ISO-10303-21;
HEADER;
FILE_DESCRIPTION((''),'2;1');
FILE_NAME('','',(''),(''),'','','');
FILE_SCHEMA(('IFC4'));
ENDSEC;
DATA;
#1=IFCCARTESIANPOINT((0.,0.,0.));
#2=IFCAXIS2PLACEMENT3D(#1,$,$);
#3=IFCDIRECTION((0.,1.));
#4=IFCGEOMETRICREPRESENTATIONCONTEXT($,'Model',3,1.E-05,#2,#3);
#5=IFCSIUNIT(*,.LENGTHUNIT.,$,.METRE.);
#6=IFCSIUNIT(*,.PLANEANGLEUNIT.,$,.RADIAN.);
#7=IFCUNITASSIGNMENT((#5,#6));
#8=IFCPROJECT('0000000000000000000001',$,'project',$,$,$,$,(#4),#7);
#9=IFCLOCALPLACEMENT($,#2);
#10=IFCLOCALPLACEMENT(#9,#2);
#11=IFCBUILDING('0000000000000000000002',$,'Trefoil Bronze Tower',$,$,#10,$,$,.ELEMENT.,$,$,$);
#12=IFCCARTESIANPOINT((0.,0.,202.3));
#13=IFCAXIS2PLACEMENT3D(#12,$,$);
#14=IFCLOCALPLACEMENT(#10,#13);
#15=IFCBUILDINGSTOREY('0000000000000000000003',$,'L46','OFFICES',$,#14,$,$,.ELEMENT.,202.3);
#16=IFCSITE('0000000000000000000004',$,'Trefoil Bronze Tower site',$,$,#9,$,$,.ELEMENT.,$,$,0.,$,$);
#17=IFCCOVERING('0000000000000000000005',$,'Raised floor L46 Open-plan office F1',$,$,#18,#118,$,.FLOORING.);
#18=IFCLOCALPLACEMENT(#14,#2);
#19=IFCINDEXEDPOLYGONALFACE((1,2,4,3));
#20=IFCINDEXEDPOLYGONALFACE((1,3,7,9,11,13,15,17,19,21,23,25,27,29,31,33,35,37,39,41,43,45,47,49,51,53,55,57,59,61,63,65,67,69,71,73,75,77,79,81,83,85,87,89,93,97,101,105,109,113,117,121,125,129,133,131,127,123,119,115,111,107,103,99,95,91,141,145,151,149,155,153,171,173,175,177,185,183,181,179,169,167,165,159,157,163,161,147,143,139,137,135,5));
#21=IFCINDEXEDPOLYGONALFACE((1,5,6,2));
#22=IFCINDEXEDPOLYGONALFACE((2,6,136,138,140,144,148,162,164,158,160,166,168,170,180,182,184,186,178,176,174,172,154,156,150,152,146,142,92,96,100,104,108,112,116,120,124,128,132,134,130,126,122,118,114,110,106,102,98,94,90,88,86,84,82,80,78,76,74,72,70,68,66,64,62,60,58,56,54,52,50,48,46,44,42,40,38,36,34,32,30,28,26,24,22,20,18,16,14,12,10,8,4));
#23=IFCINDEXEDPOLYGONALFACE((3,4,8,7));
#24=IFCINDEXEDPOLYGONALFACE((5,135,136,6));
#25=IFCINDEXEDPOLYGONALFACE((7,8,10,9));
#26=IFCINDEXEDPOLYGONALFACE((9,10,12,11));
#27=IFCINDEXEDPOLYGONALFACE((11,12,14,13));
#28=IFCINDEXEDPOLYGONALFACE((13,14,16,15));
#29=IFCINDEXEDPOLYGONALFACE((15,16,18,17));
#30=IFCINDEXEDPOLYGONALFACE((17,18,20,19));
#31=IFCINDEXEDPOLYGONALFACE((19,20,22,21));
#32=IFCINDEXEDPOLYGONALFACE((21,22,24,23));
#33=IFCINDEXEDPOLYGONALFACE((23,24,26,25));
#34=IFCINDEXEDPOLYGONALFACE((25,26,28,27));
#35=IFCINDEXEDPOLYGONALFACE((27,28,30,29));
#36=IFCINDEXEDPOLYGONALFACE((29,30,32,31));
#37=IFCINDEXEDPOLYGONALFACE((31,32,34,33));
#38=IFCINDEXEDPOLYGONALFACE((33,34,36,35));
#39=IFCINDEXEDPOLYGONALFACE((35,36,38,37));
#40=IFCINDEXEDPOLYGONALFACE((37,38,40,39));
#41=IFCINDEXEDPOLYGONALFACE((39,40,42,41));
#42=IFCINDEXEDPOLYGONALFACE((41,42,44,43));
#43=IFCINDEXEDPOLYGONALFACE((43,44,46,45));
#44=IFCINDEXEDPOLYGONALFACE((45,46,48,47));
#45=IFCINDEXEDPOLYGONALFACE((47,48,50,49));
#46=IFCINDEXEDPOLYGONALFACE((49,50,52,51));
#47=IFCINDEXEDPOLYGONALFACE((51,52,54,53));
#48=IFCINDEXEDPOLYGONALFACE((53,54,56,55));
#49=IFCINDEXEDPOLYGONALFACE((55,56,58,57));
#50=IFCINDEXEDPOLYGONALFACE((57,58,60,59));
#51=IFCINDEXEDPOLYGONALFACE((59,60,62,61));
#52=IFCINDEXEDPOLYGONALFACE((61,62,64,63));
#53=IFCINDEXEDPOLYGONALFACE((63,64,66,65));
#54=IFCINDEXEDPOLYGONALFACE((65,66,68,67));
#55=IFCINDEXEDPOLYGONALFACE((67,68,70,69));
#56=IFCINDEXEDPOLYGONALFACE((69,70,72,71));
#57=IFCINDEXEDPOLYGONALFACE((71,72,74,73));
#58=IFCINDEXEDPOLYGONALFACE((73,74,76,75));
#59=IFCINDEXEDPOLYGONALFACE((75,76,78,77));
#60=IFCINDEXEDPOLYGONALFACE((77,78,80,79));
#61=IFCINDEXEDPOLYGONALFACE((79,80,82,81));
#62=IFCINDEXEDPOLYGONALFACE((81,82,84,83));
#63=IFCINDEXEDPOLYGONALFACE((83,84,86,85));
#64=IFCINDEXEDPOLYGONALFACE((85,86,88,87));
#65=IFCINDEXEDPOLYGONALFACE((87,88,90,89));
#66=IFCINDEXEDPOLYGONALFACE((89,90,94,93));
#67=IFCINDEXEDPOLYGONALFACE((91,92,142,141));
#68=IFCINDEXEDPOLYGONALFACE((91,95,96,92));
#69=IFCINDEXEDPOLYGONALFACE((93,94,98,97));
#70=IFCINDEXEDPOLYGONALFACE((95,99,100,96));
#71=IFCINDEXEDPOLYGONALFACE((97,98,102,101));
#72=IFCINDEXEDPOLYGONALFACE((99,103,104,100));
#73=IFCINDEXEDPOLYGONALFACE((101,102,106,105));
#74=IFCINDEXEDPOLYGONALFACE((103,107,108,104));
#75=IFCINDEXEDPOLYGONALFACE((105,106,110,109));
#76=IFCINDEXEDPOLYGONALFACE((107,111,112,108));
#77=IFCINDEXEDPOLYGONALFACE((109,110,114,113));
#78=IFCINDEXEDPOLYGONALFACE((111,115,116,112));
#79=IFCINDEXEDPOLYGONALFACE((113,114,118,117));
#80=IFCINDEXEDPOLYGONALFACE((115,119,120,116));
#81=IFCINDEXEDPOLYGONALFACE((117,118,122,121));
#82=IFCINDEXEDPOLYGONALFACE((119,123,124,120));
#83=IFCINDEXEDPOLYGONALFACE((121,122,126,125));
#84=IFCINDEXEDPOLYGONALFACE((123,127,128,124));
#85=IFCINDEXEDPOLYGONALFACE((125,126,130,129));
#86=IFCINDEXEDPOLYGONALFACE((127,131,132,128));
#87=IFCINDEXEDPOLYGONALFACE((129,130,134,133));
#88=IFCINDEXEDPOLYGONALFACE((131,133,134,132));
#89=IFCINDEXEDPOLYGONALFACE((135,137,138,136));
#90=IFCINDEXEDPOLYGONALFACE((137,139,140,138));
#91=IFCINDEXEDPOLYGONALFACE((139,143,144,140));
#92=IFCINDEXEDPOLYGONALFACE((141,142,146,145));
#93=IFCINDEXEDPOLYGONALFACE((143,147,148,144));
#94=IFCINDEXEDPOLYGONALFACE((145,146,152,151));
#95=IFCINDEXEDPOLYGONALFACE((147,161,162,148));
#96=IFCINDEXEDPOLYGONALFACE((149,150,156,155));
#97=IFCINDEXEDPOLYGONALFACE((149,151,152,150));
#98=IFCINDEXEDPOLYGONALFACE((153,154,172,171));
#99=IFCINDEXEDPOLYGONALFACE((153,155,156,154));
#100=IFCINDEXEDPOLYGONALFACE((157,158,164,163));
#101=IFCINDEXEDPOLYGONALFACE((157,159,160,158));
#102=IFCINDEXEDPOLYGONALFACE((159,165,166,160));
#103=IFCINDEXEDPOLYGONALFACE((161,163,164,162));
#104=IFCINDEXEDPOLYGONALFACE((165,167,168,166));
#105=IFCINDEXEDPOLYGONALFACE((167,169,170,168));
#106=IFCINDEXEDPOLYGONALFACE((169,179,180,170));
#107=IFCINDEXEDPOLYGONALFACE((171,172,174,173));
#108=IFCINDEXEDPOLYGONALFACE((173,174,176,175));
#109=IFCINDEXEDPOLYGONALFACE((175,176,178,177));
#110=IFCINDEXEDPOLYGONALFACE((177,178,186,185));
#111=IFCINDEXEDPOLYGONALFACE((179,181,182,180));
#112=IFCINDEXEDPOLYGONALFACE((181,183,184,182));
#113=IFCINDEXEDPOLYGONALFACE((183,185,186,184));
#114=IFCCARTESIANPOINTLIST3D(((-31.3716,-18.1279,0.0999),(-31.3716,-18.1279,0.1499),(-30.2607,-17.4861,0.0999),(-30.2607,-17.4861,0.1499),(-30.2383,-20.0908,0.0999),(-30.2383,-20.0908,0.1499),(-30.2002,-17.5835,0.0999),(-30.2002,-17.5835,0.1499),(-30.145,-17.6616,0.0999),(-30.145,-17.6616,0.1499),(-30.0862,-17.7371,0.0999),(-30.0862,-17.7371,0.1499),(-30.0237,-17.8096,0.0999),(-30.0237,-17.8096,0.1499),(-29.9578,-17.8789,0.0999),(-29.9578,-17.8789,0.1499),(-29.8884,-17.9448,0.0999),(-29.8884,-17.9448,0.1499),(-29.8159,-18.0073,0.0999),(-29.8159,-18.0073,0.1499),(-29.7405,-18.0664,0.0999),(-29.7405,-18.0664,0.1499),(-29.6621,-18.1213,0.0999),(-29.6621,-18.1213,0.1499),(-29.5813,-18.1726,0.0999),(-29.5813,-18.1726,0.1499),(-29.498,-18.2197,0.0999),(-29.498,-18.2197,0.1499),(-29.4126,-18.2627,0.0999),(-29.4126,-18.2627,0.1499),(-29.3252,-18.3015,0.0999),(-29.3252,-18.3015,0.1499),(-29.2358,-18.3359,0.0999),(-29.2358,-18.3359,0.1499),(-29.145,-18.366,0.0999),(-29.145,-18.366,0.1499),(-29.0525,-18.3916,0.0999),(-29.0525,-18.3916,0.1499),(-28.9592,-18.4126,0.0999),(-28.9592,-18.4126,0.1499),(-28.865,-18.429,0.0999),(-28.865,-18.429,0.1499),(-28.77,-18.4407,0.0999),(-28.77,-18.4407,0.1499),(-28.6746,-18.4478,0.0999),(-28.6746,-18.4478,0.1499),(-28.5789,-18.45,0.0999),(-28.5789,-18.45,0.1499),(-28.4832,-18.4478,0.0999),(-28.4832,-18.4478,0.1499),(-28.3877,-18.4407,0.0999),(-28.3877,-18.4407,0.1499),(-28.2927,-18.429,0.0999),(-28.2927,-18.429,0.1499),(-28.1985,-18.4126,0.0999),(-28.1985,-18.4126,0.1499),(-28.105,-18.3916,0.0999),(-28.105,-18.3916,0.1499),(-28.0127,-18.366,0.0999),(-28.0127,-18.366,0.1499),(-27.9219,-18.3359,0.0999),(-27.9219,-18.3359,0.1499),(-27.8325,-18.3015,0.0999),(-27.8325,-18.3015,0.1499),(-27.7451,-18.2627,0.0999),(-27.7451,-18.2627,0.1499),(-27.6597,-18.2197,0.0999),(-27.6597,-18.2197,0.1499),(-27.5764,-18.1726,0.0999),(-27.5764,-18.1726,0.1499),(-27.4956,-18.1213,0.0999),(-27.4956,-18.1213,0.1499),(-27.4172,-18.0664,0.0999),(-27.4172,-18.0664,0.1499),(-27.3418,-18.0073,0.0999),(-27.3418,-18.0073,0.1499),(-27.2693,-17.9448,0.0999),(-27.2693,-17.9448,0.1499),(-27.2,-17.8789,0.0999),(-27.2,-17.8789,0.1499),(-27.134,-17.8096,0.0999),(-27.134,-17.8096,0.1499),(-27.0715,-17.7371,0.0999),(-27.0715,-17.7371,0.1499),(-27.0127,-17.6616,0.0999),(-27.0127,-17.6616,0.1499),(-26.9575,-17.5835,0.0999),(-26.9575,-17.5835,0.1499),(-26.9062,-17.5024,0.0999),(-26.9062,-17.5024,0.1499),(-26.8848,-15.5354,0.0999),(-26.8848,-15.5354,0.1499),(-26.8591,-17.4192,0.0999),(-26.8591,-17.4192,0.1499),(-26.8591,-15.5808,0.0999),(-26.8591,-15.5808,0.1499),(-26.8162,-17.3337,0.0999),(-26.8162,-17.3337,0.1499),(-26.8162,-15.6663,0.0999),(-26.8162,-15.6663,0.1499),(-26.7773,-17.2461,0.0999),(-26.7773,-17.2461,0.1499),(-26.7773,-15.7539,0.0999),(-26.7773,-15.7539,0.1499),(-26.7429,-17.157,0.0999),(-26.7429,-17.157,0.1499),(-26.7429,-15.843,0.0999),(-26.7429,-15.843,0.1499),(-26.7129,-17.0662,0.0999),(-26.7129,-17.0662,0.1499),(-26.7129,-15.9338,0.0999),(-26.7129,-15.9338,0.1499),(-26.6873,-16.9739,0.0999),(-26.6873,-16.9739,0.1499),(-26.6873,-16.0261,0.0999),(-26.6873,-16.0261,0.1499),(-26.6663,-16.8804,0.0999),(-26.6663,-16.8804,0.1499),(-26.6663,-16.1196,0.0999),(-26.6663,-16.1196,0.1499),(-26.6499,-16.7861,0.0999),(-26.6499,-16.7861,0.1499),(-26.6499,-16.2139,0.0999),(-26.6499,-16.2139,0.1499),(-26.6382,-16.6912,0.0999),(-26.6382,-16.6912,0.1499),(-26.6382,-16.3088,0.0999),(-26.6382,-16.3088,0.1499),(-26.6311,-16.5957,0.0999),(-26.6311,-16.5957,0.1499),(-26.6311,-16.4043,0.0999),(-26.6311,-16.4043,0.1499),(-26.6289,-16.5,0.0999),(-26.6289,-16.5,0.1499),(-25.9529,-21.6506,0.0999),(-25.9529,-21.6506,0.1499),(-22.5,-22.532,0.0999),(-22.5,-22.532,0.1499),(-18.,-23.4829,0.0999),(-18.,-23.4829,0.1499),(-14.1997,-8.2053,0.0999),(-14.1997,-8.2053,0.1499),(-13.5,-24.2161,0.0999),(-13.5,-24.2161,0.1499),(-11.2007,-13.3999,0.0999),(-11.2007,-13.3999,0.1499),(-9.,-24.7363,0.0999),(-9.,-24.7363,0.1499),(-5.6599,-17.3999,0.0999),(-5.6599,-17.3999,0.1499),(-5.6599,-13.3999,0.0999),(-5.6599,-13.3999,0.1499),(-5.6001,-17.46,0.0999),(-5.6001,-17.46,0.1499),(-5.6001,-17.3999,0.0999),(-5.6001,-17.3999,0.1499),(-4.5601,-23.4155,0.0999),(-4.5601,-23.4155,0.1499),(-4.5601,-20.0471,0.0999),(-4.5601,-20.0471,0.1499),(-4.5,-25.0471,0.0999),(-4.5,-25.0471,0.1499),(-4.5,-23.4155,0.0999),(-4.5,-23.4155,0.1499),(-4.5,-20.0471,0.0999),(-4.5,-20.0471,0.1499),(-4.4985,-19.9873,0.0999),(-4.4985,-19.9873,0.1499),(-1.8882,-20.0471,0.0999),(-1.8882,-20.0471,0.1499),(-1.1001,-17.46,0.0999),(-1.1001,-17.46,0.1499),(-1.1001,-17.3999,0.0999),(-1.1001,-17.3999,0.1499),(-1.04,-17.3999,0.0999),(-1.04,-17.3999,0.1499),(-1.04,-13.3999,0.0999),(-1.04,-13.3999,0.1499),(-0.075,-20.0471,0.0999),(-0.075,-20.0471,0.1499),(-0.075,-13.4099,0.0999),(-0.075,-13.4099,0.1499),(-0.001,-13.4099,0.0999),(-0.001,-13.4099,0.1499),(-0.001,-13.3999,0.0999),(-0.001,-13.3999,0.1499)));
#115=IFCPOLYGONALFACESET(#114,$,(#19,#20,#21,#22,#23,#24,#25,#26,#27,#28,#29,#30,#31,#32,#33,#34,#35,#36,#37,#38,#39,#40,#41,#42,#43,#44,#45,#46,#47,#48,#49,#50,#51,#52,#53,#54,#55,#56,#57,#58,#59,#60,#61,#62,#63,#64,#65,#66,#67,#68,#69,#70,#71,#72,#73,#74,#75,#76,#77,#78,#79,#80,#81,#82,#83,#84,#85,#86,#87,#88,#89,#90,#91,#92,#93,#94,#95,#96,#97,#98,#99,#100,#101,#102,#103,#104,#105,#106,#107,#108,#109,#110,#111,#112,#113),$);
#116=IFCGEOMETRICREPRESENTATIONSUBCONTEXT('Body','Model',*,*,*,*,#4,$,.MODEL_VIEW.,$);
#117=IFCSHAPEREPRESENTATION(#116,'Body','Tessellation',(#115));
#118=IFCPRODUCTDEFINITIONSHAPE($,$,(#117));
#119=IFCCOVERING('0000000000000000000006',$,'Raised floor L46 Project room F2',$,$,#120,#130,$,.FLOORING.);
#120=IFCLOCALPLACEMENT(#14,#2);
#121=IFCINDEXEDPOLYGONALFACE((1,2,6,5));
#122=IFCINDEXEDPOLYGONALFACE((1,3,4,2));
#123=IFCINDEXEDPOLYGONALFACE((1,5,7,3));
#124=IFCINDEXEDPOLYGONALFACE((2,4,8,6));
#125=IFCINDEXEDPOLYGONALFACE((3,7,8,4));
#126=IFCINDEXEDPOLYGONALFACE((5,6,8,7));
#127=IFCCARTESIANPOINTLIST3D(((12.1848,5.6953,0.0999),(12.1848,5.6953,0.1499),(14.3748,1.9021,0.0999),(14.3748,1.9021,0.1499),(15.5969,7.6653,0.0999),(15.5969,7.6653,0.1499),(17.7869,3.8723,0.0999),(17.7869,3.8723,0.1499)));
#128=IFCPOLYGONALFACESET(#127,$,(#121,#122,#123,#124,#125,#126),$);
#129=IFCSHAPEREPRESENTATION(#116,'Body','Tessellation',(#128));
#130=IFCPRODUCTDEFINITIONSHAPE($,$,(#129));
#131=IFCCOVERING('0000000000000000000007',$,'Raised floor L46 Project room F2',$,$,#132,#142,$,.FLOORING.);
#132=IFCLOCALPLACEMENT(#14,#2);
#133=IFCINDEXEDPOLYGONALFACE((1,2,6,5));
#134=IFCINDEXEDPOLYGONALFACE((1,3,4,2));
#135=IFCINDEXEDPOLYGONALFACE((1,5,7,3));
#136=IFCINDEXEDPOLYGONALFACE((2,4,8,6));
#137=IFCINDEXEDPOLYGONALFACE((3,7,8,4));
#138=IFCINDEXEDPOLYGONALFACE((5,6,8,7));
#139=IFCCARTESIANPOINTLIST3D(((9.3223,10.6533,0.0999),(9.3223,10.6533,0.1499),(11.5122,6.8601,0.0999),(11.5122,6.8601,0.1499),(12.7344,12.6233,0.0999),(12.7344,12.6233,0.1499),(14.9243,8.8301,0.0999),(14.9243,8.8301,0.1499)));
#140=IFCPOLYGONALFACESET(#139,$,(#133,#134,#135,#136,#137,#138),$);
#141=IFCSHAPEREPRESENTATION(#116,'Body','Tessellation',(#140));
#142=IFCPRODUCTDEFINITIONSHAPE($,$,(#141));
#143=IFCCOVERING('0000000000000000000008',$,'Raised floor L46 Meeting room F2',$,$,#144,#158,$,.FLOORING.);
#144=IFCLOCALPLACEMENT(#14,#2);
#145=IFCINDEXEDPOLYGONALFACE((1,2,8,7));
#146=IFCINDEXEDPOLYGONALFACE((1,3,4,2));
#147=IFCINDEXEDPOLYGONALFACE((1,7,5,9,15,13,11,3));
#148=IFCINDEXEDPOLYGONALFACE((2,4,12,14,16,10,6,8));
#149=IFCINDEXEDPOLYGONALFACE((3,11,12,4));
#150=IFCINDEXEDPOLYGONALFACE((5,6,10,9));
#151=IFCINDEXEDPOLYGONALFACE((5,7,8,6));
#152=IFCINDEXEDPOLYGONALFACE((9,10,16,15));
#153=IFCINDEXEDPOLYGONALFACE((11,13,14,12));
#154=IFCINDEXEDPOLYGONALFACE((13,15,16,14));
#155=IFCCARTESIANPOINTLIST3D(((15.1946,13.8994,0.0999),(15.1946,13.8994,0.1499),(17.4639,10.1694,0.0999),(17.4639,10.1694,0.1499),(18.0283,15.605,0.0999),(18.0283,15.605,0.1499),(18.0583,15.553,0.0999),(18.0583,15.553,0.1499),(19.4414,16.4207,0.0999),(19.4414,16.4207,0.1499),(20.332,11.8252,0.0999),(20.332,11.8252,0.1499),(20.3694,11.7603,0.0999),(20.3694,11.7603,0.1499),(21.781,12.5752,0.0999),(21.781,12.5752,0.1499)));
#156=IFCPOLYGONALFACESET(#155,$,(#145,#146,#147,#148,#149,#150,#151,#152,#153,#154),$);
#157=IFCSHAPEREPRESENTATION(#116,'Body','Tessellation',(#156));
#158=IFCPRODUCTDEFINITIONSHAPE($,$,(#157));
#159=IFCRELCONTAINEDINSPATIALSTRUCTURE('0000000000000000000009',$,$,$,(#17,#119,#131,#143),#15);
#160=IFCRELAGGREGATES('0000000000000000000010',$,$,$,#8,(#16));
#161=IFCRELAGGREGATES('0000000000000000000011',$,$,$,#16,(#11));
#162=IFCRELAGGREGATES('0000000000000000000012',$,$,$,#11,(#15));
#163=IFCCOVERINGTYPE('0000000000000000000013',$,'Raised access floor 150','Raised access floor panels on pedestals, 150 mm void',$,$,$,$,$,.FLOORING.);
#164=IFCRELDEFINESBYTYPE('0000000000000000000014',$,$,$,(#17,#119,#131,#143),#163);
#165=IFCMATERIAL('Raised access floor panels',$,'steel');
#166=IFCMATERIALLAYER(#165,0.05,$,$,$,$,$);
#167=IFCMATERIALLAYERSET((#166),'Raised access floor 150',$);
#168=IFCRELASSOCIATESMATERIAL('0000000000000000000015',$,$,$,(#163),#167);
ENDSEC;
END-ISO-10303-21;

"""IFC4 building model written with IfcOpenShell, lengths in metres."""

from ifc_helpers import new_model, si_unit, direction, frame, origin, place, context, subcontext, project, spatial, polyline, outline, extrude, material, layer, layer_set, type_object, element, save


model = new_model("IFC4")

# Units and contexts
model_context = context("Model", 3, precision=1e-05, world=origin(), true_north=direction((0.0, 1.0)))
body_context = subcontext(model_context, "Body", "Model", "MODEL_VIEW")
ifc_project = project(units=[si_unit("LENGTHUNIT", "METRE"), si_unit("PLANEANGLEUNIT", "RADIAN")], contexts=[model_context])

# Site, building, storey
site_placement = place(None, origin())
site = spatial("IfcSite", under=ifc_project, at=site_placement, Name="Trefoil Bronze Tower site", CompositionType="ELEMENT", RefElevation=0.0)
building_placement = place(site_placement, origin())
building = spatial("IfcBuilding", under=site, at=building_placement, Name="Trefoil Bronze Tower", CompositionType="ELEMENT")
storey_placement = place(building_placement, frame((0.0, 0.0, 202.3)))
storey = spatial("IfcBuildingStorey", under=building, at=storey_placement, Name="L46", Description="OFFICES", CompositionType="ELEMENT", Elevation=202.3)

# Coverings
ifc_material_1 = material(Name="Raised access floor panels", Category="steel")
ifc_layer_1 = layer(ifc_material_1, 0.05)
ifc_layer_set_1 = layer_set([ifc_layer_1], Name="Raised access floor 150")
covering_type_1 = type_object("IfcCoveringType", Name="Raised access floor 150", Description="Raised access floor panels on pedestals, 150 mm void", PredefinedType="FLOORING", material=ifc_layer_set_1)
covering_1_placement = place(storey_placement, frame((0.0, 0.0, 0.0999)))
element("IfcCovering", 1, at=covering_1_placement, inside=storey, type_object=covering_type_1, Name="Raised floor L46 Open-plan office F1", PredefinedType="FLOORING", context=body_context, shape_type="SweptSolid", body=[
    extrude(outline(polyline([(-26.8848, -15.5354), (-14.1997, -8.2053), (-11.2007, -13.3999), (-5.6599, -13.3999), (-5.6599, -17.3999), (-5.6001, -17.3999), (-5.6001, -17.46), (-1.1001, -17.46), (-1.1001, -17.3999), (-1.04, -17.3999), (-1.04, -13.3999), (-0.001, -13.3999), (-0.001, -13.4099), (-0.075, -13.4099), (-0.075, -20.0471), (-1.8882, -20.0471), (-4.4985, -19.9873), (-4.5, -20.0471), (-4.5601, -20.0471), (-4.5601, -23.4155), (-4.5, -23.4155), (-4.5, -25.0471), (-9.0, -24.7363), (-13.5, -24.2161), (-18.0, -23.4829), (-22.5, -22.532), (-25.9529, -21.6506), (-30.2383, -20.0908), (-31.3716, -18.1279), (-30.2607, -17.4861), (-30.2002, -17.5835), (-30.145, -17.6616), (-30.0862, -17.7371), (-30.0237, -17.8096), (-29.9578, -17.8789), (-29.8884, -17.9448), (-29.8159, -18.0073), (-29.7405, -18.0664), (-29.6621, -18.1213), (-29.5813, -18.1726), (-29.498, -18.2197), (-29.4126, -18.2627), (-29.3252, -18.3015), (-29.2358, -18.3359), (-29.145, -18.366), (-29.0525, -18.3916), (-28.9592, -18.4126), (-28.865, -18.429), (-28.77, -18.4407), (-28.6746, -18.4478), (-28.5789, -18.45), (-28.4832, -18.4478), (-28.3877, -18.4407), (-28.2927, -18.429), (-28.1985, -18.4126), (-28.105, -18.3916), (-28.0127, -18.366), (-27.9219, -18.3359), (-27.8325, -18.3015), (-27.7451, -18.2627), (-27.6597, -18.2197), (-27.5764, -18.1726), (-27.4956, -18.1213), (-27.4172, -18.0664), (-27.3418, -18.0073), (-27.2693, -17.9448), (-27.2, -17.8789), (-27.134, -17.8096), (-27.0715, -17.7371), (-27.0127, -17.6616), (-26.9575, -17.5835), (-26.9062, -17.5024), (-26.8591, -17.4192), (-26.8162, -17.3337), (-26.7773, -17.2461), (-26.7429, -17.157), (-26.7129, -17.0662), (-26.6873, -16.9739), (-26.6663, -16.8804), (-26.6499, -16.7861), (-26.6382, -16.6912), (-26.6311, -16.5957), (-26.6289, -16.5), (-26.6311, -16.4043), (-26.6382, -16.3088), (-26.6499, -16.2139), (-26.6663, -16.1196), (-26.6873, -16.0261), (-26.7129, -15.9338), (-26.7429, -15.843), (-26.7773, -15.7539), (-26.8162, -15.6663), (-26.8591, -15.5808), (-26.8848, -15.5354)])), origin(), (0.0, 0.0, 1.0), 0.05),
])
covering_2_placement = place(storey_placement, frame((0.0, 0.0, 0.0999)))
element("IfcCovering", 2, at=covering_2_placement, inside=storey, type_object=covering_type_1, Name="Raised floor L46 Project room F2", PredefinedType="FLOORING", context=body_context, shape_type="SweptSolid", body=[
    extrude(outline(polyline([(12.1848, 5.6953), (15.5969, 7.6653), (17.7869, 3.8723), (14.3748, 1.9021), (12.1848, 5.6953)])), origin(), (0.0, 0.0, 1.0), 0.05),
])
covering_3_placement = place(storey_placement, frame((0.0, 0.0, 0.0999)))
element("IfcCovering", 3, at=covering_3_placement, inside=storey, type_object=covering_type_1, Name="Raised floor L46 Project room F2", PredefinedType="FLOORING", context=body_context, shape_type="SweptSolid", body=[
    extrude(outline(polyline([(9.3223, 10.6533), (12.7344, 12.6233), (14.9243, 8.8301), (11.5122, 6.8601), (9.3223, 10.6533)])), origin(), (0.0, 0.0, 1.0), 0.05),
])
covering_4_placement = place(storey_placement, frame((0.0, 0.0, 0.0999)))
element("IfcCovering", 4, at=covering_4_placement, inside=storey, type_object=covering_type_1, Name="Raised floor L46 Meeting room F2", PredefinedType="FLOORING", context=body_context, shape_type="SweptSolid", body=[
    extrude(outline(polyline([(19.4414, 16.4207), (21.781, 12.5752), (20.3694, 11.7603), (20.332, 11.8252), (17.4639, 10.1694), (15.1946, 13.8994), (18.0583, 15.553), (18.0283, 15.605), (19.4414, 16.4207)])), origin(), (0.0, 0.0, 1.0), 0.05),
])

save(model, "model.ifc")
